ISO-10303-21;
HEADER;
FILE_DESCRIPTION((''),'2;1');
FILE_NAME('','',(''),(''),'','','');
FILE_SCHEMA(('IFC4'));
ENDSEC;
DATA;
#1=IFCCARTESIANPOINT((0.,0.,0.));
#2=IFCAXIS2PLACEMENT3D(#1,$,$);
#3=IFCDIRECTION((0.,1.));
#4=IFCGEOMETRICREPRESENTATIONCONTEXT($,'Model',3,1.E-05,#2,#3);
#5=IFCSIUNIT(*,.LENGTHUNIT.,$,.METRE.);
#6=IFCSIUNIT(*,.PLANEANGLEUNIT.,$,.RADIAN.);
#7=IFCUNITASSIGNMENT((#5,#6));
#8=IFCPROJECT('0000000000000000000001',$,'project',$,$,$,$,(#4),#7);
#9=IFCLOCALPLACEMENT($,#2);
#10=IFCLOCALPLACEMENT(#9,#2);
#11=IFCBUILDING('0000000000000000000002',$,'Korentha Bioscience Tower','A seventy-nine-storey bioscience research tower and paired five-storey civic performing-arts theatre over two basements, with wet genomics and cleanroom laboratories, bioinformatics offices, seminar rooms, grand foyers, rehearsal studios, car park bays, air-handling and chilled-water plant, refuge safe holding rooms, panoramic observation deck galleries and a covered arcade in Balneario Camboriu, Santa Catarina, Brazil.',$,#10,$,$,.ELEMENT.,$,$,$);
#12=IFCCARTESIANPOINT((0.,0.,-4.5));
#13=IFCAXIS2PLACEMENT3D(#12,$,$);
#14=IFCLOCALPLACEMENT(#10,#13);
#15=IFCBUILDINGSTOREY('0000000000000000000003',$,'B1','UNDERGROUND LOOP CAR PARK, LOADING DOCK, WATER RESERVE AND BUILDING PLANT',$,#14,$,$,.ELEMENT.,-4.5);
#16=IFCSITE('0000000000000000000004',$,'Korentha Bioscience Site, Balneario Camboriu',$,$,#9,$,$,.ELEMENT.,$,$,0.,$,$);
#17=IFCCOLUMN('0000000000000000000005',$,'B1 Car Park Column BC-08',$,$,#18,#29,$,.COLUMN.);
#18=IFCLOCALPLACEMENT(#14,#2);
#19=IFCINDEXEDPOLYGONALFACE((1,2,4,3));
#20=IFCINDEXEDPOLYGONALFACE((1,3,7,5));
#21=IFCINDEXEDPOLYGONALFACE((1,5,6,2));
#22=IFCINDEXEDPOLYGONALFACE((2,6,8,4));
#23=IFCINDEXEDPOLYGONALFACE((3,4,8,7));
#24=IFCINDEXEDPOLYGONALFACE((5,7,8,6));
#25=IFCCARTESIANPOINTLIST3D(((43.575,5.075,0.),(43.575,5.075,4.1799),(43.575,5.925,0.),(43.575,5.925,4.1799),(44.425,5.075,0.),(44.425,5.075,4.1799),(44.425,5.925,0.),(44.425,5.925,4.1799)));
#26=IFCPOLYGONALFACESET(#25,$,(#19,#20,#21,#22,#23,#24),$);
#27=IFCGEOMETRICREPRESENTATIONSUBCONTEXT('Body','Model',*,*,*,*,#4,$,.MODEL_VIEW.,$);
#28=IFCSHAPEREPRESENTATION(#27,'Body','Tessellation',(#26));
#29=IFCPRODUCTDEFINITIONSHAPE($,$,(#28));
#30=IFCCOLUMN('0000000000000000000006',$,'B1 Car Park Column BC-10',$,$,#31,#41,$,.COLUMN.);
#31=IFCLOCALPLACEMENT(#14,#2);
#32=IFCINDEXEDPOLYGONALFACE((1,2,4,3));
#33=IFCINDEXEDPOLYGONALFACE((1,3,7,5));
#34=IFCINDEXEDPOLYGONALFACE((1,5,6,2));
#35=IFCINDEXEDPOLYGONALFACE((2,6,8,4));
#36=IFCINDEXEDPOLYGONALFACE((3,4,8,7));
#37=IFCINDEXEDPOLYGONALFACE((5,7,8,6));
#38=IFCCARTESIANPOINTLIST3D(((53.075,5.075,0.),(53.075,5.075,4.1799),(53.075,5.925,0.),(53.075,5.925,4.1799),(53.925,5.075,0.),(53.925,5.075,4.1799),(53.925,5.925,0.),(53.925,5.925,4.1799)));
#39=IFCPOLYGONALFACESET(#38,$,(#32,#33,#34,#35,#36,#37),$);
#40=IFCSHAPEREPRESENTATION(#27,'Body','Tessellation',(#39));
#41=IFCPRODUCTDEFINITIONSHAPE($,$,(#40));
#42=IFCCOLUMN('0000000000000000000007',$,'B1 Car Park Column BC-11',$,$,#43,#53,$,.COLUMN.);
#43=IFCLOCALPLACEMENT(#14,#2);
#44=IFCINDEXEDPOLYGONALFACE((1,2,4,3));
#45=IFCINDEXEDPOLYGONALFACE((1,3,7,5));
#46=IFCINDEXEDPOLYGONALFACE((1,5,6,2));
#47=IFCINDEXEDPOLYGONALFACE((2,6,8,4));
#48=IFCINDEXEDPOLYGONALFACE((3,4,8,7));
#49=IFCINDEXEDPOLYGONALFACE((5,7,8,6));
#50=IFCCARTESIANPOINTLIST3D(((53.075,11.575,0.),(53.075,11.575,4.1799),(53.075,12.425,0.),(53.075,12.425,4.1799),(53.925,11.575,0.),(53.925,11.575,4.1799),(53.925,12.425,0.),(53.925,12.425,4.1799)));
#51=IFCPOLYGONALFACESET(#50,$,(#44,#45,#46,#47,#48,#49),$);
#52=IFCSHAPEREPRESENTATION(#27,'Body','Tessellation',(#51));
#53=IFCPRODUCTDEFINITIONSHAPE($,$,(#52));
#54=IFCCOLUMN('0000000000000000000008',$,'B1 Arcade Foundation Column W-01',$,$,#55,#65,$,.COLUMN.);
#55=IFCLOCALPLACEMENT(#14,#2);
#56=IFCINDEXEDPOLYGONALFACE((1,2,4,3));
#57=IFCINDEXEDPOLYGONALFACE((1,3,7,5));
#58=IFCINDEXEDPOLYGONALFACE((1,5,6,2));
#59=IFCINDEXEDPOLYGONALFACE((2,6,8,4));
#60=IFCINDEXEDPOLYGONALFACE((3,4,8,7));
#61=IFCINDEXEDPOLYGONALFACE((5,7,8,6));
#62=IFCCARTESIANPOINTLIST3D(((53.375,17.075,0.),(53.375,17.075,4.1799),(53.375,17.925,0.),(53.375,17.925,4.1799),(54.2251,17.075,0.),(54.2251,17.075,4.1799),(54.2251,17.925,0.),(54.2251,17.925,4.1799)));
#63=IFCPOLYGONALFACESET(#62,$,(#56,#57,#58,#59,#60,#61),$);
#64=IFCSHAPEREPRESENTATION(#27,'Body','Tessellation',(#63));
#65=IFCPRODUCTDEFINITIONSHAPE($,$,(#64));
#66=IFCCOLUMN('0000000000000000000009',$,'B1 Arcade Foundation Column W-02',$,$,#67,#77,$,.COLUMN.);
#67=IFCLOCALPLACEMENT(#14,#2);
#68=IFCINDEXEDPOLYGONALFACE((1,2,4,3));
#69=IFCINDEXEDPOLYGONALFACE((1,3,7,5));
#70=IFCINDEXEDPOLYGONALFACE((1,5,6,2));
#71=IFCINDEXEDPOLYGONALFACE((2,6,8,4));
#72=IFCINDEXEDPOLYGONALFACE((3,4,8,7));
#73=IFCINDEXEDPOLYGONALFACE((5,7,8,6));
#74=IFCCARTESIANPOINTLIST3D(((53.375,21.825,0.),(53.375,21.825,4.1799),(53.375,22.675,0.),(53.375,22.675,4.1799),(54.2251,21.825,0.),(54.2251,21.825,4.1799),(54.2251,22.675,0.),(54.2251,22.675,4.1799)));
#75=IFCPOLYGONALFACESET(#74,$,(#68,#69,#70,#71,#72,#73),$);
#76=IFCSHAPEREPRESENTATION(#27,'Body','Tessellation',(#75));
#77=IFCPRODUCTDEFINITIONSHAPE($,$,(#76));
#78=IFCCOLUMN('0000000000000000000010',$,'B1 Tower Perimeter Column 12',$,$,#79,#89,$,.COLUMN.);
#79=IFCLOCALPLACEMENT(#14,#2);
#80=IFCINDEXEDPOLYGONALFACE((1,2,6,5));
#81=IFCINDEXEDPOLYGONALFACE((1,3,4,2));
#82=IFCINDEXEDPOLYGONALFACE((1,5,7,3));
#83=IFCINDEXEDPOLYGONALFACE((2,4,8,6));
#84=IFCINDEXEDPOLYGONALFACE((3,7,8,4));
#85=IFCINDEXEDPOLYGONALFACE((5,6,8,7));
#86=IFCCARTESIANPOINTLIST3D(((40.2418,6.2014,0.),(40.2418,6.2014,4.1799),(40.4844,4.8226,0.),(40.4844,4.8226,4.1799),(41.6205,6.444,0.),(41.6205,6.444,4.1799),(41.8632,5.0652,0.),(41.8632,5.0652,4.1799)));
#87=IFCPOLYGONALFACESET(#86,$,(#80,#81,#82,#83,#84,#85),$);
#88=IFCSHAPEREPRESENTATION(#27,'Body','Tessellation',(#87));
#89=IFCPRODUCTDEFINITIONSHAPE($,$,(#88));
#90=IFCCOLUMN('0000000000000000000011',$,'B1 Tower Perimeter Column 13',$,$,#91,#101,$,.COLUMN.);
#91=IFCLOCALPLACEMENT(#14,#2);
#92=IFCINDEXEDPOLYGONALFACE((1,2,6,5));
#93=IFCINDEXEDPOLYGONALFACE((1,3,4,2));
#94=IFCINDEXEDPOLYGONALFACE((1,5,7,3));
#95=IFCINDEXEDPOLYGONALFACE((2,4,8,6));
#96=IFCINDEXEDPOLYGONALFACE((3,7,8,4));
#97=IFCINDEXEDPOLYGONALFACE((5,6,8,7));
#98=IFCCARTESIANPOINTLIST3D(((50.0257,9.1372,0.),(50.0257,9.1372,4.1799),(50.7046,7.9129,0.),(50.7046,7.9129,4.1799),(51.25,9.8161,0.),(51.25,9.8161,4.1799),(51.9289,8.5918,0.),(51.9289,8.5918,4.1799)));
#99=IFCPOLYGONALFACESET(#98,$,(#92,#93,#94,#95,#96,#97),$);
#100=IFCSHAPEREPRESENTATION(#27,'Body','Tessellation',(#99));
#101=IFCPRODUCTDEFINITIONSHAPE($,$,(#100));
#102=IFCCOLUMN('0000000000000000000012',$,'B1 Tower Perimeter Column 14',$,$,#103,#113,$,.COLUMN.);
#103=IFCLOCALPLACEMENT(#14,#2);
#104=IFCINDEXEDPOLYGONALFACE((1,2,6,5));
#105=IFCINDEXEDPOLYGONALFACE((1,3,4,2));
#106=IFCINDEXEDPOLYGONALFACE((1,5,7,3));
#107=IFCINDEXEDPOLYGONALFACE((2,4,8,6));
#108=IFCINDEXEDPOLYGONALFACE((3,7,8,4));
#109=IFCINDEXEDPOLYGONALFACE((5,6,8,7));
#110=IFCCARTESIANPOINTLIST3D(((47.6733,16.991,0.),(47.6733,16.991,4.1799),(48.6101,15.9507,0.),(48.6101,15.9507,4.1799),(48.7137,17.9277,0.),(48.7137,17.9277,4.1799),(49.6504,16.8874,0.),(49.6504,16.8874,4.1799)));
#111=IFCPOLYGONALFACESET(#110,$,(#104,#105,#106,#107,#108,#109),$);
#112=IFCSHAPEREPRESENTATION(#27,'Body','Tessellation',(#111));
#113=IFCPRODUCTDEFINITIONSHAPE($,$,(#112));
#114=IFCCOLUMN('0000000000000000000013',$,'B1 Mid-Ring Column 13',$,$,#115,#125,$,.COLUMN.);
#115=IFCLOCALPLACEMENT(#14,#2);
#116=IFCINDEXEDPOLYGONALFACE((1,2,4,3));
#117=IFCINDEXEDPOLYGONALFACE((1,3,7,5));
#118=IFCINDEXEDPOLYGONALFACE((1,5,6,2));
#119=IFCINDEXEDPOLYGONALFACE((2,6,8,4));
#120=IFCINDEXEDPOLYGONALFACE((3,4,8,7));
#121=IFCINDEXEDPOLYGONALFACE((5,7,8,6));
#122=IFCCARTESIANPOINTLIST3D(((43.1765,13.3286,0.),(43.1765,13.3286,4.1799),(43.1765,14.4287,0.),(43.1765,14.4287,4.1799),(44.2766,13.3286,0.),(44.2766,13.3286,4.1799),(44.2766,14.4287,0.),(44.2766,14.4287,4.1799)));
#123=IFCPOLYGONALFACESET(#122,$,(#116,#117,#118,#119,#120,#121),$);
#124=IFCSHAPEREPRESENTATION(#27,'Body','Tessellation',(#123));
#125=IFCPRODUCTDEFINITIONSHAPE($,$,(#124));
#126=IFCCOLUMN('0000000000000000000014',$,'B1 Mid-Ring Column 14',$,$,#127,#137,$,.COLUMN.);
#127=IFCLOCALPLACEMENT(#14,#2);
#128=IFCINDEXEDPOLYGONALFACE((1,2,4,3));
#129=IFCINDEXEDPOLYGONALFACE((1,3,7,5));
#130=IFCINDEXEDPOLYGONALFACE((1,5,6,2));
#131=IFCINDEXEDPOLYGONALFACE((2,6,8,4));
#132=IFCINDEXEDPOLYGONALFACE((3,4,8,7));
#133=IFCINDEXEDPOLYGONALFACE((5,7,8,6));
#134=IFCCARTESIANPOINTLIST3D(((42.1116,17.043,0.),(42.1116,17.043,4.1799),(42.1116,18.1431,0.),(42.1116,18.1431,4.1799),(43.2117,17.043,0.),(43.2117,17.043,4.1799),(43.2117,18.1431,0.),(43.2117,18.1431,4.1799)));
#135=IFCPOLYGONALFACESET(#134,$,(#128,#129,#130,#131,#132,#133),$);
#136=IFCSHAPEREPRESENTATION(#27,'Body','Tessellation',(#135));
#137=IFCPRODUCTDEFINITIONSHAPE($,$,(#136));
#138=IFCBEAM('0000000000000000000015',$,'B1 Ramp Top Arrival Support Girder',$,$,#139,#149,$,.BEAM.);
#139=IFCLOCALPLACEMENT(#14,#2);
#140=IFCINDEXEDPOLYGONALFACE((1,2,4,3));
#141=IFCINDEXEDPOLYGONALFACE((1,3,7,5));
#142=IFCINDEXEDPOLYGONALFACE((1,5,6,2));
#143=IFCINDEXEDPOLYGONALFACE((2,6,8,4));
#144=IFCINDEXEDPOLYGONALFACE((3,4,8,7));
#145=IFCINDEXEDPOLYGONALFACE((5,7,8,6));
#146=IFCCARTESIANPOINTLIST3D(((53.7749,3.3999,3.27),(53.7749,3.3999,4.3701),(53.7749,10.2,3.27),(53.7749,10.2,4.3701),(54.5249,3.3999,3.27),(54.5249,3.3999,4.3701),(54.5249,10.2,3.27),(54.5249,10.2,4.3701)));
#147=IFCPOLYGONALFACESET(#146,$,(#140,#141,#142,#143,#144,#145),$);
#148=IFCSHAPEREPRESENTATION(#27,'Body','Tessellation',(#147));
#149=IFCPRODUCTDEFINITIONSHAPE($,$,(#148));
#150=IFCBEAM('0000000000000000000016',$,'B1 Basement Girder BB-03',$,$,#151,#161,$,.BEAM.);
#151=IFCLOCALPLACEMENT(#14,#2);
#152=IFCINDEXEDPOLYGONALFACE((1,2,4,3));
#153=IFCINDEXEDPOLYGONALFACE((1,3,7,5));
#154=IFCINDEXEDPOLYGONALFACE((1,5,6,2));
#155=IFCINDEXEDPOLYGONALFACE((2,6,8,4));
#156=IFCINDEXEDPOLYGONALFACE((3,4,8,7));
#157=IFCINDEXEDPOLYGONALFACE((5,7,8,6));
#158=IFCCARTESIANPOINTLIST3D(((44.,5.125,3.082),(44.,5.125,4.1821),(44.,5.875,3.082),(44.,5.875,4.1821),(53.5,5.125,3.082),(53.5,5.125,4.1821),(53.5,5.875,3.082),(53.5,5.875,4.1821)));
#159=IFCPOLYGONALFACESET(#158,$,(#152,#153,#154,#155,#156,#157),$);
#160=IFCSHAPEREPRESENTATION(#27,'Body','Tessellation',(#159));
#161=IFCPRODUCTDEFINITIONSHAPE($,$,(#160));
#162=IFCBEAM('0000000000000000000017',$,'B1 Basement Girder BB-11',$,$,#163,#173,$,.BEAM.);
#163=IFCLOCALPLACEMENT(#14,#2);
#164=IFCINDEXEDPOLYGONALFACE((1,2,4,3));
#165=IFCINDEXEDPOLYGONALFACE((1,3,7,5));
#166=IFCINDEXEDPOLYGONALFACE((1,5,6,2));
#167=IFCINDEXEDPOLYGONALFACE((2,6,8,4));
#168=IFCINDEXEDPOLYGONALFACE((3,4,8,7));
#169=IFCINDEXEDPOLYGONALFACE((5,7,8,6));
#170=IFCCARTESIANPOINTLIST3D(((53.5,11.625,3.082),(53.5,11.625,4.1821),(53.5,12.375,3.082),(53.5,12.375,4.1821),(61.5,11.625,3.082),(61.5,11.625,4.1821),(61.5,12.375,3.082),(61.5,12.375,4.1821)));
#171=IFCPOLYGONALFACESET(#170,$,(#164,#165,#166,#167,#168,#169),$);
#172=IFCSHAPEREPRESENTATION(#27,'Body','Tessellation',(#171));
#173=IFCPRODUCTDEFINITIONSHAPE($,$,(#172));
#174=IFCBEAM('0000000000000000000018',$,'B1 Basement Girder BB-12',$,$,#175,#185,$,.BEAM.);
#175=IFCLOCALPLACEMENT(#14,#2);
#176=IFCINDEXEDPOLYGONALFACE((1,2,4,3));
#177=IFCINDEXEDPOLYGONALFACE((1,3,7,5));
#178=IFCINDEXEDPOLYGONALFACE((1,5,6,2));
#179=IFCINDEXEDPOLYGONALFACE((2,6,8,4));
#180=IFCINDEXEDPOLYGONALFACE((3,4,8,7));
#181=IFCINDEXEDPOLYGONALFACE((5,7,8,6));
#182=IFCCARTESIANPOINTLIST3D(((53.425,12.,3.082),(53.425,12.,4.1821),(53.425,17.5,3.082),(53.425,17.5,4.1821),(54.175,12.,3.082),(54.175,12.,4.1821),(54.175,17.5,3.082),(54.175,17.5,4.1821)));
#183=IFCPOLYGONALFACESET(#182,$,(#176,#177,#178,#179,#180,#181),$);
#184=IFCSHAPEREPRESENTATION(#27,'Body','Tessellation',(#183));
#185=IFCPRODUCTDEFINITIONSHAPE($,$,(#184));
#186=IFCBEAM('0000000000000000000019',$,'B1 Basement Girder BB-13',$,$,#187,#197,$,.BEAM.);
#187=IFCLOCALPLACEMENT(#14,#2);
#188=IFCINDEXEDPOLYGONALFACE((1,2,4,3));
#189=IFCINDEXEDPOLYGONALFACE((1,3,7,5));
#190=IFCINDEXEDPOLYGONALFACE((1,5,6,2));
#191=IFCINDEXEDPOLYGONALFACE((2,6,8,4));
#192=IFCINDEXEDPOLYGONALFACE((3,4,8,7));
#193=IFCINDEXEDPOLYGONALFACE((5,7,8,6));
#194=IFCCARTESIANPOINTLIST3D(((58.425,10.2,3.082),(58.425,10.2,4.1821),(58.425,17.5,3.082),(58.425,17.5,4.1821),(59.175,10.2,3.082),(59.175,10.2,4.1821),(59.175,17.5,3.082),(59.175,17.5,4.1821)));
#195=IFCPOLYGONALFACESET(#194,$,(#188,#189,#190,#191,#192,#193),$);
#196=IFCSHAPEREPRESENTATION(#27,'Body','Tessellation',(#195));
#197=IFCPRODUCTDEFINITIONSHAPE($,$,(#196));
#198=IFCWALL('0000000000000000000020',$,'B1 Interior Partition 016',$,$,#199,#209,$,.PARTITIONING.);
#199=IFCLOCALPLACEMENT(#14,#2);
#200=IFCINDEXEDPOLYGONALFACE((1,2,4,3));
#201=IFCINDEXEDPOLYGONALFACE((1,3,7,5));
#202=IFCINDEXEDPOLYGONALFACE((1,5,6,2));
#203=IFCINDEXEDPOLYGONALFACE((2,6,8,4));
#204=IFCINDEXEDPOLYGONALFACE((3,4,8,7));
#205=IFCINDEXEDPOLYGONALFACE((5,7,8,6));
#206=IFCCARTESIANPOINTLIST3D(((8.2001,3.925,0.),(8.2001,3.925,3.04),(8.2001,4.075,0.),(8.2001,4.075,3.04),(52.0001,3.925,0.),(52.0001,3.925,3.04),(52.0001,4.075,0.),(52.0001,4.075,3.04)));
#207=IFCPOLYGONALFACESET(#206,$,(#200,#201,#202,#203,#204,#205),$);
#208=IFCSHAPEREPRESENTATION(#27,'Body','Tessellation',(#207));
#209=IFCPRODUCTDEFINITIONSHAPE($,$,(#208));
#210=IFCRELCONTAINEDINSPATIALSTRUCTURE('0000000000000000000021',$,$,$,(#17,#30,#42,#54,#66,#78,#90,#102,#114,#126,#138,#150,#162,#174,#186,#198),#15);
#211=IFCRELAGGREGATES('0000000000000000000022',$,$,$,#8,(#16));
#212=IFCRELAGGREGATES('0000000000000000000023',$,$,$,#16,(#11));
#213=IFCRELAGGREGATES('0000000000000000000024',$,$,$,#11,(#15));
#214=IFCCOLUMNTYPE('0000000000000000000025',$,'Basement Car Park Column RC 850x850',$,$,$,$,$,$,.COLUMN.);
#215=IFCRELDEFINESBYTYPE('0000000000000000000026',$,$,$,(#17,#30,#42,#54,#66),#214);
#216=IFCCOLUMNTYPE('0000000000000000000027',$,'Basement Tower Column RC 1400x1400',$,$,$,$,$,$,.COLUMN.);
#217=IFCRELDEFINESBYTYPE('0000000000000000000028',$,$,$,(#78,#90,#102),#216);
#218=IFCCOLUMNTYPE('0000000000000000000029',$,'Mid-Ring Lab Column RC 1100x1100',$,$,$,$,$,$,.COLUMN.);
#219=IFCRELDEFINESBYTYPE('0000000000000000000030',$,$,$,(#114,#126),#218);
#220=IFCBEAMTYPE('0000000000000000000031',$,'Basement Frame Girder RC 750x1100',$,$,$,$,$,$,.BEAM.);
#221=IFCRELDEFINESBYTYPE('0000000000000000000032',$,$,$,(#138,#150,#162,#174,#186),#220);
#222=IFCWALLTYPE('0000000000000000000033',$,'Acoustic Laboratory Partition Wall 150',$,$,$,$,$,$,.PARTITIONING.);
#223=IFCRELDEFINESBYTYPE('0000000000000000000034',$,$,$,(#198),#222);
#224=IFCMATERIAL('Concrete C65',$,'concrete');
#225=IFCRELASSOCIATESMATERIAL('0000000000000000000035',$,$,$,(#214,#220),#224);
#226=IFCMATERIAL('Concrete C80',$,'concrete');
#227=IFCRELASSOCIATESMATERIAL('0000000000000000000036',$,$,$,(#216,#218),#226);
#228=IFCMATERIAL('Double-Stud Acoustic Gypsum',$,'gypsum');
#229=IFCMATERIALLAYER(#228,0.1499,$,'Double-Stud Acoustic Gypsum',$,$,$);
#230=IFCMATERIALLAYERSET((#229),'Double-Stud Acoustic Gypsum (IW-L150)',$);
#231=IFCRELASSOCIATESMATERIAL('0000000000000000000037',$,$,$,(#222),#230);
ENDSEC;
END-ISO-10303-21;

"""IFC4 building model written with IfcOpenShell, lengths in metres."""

from ifc_helpers import new_model, si_unit, direction, frame, frame_2d, origin, origin_2d, place, context, subcontext, project, spatial, rectangle, extrude, material, layer, layer_set, material_profile, profile_set, type_object, element, save


model = new_model("IFC4")

# Units and contexts
model_context = context("Model", 3, precision=1e-05, world=origin(), true_north=direction((0.0, 1.0)))
body_context = subcontext(model_context, "Body", "Model", "MODEL_VIEW")
ifc_project = project(units=[si_unit("LENGTHUNIT", "METRE"), si_unit("PLANEANGLEUNIT", "RADIAN")], contexts=[model_context])

# Site, building, storey
site_placement = place(None, origin())
site = spatial("IfcSite", under=ifc_project, at=site_placement, Name="Korentha Bioscience Site, Balneario Camboriu", CompositionType="ELEMENT", RefElevation=0.0)
building_placement = place(site_placement, origin())
building = spatial("IfcBuilding", under=site, at=building_placement, Name="Korentha Bioscience Tower", Description="A seventy-nine-storey bioscience research tower and paired five-storey civic performing-arts theatre over two basements, with wet genomics and cleanroom laboratories, bioinformatics offices, seminar rooms, grand foyers, rehearsal studios, car park bays, air-handling and chilled-water plant, refuge safe holding rooms, panoramic observation deck galleries and a covered arcade in Balneario Camboriu, Santa Catarina, Brazil.", CompositionType="ELEMENT")
storey_placement = place(building_placement, frame((0.0, 0.0, -4.5)))
storey = spatial("IfcBuildingStorey", under=building, at=storey_placement, Name="B1", Description="UNDERGROUND LOOP CAR PARK, LOADING DOCK, WATER RESERVE AND BUILDING PLANT", CompositionType="ELEMENT", Elevation=-4.5)

# Columns
ifc_material_1 = material(Name="Concrete C65", Category="concrete")
ifc_material_profile_1 = material_profile(ifc_material_1, rectangle(XDim=0.8501, YDim=0.8501, at=origin_2d()), Name="Concrete C65")
ifc_profile_set_1 = profile_set([ifc_material_profile_1], Name="Concrete C65 (BC-01)")
column_type_1 = type_object("IfcColumnType", Name="Basement Car Park Column RC 850x850", PredefinedType="COLUMN", material=ifc_profile_set_1)
for number, where, z_axis, x_axis, name in (
    (1, (44.0, 5.5, 0.0), (0.0, 0.0, 1.0), (1.0, 0.0, 0.0), "B1 Car Park Column BC-08"),
    (2, (53.5, 5.5, 0.0), (0.0, 0.0, 1.0), (1.0, 0.0, 0.0), "B1 Car Park Column BC-10"),
    (3, (53.5, 12.0, 0.0), (0.0, 0.0, 1.0), (1.0, 0.0, 0.0), "B1 Car Park Column BC-11"),
    (4, (53.8, 17.5, 0.0), (0.0, 0.0, 1.0), (1.0, 0.0, 0.0), "B1 Arcade Foundation Column W-01"),
    (5, (53.8, 22.25, 0.0), (0.0, 0.0, 1.0), (1.0, 0.0, 0.0), "B1 Arcade Foundation Column W-02"),
):
    element("IfcColumn", number, at=place(storey_placement, frame(where, z_axis=z_axis, x_axis=x_axis)), inside=storey, type_object=column_type_1, Name=name, PredefinedType="COLUMN", context=body_context, shape_type="SweptSolid", body=[
        extrude(rectangle(XDim=0.8501, YDim=0.8501, at=origin_2d()), origin(), (0.0, 0.0, 1.0), 4.1799),
    ])
ifc_material_2 = material(Name="Concrete C80", Category="concrete")
ifc_material_profile_2 = material_profile(ifc_material_2, rectangle(XDim=1.3999, YDim=1.3999, at=origin_2d()), Name="Concrete C80")
ifc_profile_set_2 = profile_set([ifc_material_profile_2], Name="Concrete C80 (COL-B14)")
column_type_2 = type_object("IfcColumnType", Name="Basement Tower Column RC 1400x1400", PredefinedType="COLUMN", material=ifc_profile_set_2)
for number, where, z_axis, x_axis, name in (
    (6, (41.0525, 5.6333, 0.0), (0.0, 0.0, 1.0), (0.984868, 0.173304, 0.0), "B1 Tower Perimeter Column 12"),
    (7, (50.9773, 8.8645, 0.0), (0.0, 0.0, 1.0), (0.874535, 0.484962, 0.0), "B1 Tower Perimeter Column 13"),
    (8, (48.6619, 16.9392, 0.0), (0.0, 0.0, 1.0), (-0.669131, 0.743145, 0.0), "B1 Tower Perimeter Column 14"),
):
    element("IfcColumn", number, at=place(storey_placement, frame(where, z_axis=z_axis, x_axis=x_axis)), inside=storey, type_object=column_type_2, Name=name, PredefinedType="COLUMN", context=body_context, shape_type="SweptSolid", body=[
        extrude(rectangle(XDim=1.3999, YDim=1.3999, at=origin_2d()), origin(), (0.0, 0.0, 1.0), 4.1799),
    ])
ifc_material_profile_3 = material_profile(ifc_material_2, rectangle(XDim=1.1001, YDim=1.1001, at=origin_2d()), Name="Concrete C80")
ifc_profile_set_3 = profile_set([ifc_material_profile_3], Name="Concrete C80 (COL-MR11)")
column_type_3 = type_object("IfcColumnType", Name="Mid-Ring Lab Column RC 1100x1100", PredefinedType="COLUMN", material=ifc_profile_set_3)
for number, where, z_axis, x_axis, name in (
    (9, (43.7266, 13.8787, 0.0), (0.0, 0.0, 1.0), (1.0, 0.0, 0.0), "B1 Mid-Ring Column 13"),
    (10, (42.6616, 17.593, 0.0), (0.0, 0.0, 1.0), (1.0, 0.0, 0.0), "B1 Mid-Ring Column 14"),
):
    element("IfcColumn", number, at=place(storey_placement, frame(where, z_axis=z_axis, x_axis=x_axis)), inside=storey, type_object=column_type_3, Name=name, PredefinedType="COLUMN", context=body_context, shape_type="SweptSolid", body=[
        extrude(rectangle(XDim=1.1001, YDim=1.1001, at=origin_2d()), origin(), (0.0, 0.0, 1.0), 4.1799),
    ])

# Beams
ifc_material_profile_4 = material_profile(ifc_material_1, rectangle(XDim=0.75, YDim=1.1001, at=origin_2d()), Name="Concrete C65")
ifc_profile_set_4 = profile_set([ifc_material_profile_4], Name="Concrete C65 (BB-750)")
beam_type = type_object("IfcBeamType", Name="Basement Frame Girder RC 750x1100", PredefinedType="BEAM", material=ifc_profile_set_4)
beam_1_placement = place(storey_placement, frame((54.1499, 3.3999, 3.8201), z_axis=(0.0, 1.0, 0.0), x_axis=(-1.0, 0.0, 0.0)))
element("IfcBeam", 11, at=beam_1_placement, inside=storey, type_object=beam_type, Name="B1 Ramp Top Arrival Support Girder", PredefinedType="BEAM", context=body_context, shape_type="SweptSolid", body=[
    extrude(rectangle(XDim=0.75, YDim=1.1001, at=origin_2d()), origin(), (0.0, 0.0, 1.0), 6.8),
])
beam_2_placement = place(storey_placement, frame((44.0, 5.5, 3.6321), z_axis=(1.0, 0.0, 0.0), x_axis=(0.0, 1.0, 0.0)))
element("IfcBeam", 12, at=beam_2_placement, inside=storey, type_object=beam_type, Name="B1 Basement Girder BB-03", PredefinedType="BEAM", context=body_context, shape_type="SweptSolid", body=[
    extrude(rectangle(XDim=0.75, YDim=1.1001, at=origin_2d()), origin(), (0.0, 0.0, 1.0), 9.5),
])
beam_3_placement = place(storey_placement, frame((53.5, 12.0, 3.6321), z_axis=(1.0, 0.0, 0.0), x_axis=(0.0, 1.0, 0.0)))
element("IfcBeam", 13, at=beam_3_placement, inside=storey, type_object=beam_type, Name="B1 Basement Girder BB-11", PredefinedType="BEAM", context=body_context, shape_type="SweptSolid", body=[
    extrude(rectangle(XDim=0.75, YDim=1.1001, at=origin_2d()), origin(), (0.0, 0.0, 1.0), 8.0),
])
beam_4_placement = place(storey_placement, frame((53.8, 12.0, 3.6321), z_axis=(0.0, 1.0, 0.0), x_axis=(-1.0, 0.0, 0.0)))
element("IfcBeam", 14, at=beam_4_placement, inside=storey, type_object=beam_type, Name="B1 Basement Girder BB-12", PredefinedType="BEAM", context=body_context, shape_type="SweptSolid", body=[
    extrude(rectangle(XDim=0.75, YDim=1.1001, at=origin_2d()), origin(), (0.0, 0.0, 1.0), 5.5),
])
beam_5_placement = place(storey_placement, frame((58.8, 10.2, 3.6321), z_axis=(0.0, 1.0, 0.0), x_axis=(-1.0, 0.0, 0.0)))
element("IfcBeam", 15, at=beam_5_placement, inside=storey, type_object=beam_type, Name="B1 Basement Girder BB-13", PredefinedType="BEAM", context=body_context, shape_type="SweptSolid", body=[
    extrude(rectangle(XDim=0.75, YDim=1.1001, at=origin_2d()), origin(), (0.0, 0.0, 1.0), 7.3),
])

# Wall
ifc_material_3 = material(Name="Double-Stud Acoustic Gypsum", Category="gypsum")
ifc_layer_1 = layer(ifc_material_3, 0.1499, Name="Double-Stud Acoustic Gypsum")
ifc_layer_set_1 = layer_set([ifc_layer_1], Name="Double-Stud Acoustic Gypsum (IW-L150)")
wall_type_1 = type_object("IfcWallType", Name="Acoustic Laboratory Partition Wall 150", PredefinedType="PARTITIONING", material=ifc_layer_set_1)
wall_1_placement = place(storey_placement, frame((52.0, 4.0, 0.0), z_axis=(0.0, 0.0, 1.0), x_axis=(-1.0, 0.0, 0.0)))
element("IfcWall", 16, at=wall_1_placement, inside=storey, type_object=wall_type_1, Name="B1 Interior Partition 016", PredefinedType="PARTITIONING", context=body_context, shape_type="SweptSolid", body=[
    extrude(rectangle(XDim=43.8, YDim=0.1499, at=frame_2d((21.8999, 0.0))), origin(), (0.0, 0.0, 1.0), 3.04),
])

save(model, "model.ifc")
